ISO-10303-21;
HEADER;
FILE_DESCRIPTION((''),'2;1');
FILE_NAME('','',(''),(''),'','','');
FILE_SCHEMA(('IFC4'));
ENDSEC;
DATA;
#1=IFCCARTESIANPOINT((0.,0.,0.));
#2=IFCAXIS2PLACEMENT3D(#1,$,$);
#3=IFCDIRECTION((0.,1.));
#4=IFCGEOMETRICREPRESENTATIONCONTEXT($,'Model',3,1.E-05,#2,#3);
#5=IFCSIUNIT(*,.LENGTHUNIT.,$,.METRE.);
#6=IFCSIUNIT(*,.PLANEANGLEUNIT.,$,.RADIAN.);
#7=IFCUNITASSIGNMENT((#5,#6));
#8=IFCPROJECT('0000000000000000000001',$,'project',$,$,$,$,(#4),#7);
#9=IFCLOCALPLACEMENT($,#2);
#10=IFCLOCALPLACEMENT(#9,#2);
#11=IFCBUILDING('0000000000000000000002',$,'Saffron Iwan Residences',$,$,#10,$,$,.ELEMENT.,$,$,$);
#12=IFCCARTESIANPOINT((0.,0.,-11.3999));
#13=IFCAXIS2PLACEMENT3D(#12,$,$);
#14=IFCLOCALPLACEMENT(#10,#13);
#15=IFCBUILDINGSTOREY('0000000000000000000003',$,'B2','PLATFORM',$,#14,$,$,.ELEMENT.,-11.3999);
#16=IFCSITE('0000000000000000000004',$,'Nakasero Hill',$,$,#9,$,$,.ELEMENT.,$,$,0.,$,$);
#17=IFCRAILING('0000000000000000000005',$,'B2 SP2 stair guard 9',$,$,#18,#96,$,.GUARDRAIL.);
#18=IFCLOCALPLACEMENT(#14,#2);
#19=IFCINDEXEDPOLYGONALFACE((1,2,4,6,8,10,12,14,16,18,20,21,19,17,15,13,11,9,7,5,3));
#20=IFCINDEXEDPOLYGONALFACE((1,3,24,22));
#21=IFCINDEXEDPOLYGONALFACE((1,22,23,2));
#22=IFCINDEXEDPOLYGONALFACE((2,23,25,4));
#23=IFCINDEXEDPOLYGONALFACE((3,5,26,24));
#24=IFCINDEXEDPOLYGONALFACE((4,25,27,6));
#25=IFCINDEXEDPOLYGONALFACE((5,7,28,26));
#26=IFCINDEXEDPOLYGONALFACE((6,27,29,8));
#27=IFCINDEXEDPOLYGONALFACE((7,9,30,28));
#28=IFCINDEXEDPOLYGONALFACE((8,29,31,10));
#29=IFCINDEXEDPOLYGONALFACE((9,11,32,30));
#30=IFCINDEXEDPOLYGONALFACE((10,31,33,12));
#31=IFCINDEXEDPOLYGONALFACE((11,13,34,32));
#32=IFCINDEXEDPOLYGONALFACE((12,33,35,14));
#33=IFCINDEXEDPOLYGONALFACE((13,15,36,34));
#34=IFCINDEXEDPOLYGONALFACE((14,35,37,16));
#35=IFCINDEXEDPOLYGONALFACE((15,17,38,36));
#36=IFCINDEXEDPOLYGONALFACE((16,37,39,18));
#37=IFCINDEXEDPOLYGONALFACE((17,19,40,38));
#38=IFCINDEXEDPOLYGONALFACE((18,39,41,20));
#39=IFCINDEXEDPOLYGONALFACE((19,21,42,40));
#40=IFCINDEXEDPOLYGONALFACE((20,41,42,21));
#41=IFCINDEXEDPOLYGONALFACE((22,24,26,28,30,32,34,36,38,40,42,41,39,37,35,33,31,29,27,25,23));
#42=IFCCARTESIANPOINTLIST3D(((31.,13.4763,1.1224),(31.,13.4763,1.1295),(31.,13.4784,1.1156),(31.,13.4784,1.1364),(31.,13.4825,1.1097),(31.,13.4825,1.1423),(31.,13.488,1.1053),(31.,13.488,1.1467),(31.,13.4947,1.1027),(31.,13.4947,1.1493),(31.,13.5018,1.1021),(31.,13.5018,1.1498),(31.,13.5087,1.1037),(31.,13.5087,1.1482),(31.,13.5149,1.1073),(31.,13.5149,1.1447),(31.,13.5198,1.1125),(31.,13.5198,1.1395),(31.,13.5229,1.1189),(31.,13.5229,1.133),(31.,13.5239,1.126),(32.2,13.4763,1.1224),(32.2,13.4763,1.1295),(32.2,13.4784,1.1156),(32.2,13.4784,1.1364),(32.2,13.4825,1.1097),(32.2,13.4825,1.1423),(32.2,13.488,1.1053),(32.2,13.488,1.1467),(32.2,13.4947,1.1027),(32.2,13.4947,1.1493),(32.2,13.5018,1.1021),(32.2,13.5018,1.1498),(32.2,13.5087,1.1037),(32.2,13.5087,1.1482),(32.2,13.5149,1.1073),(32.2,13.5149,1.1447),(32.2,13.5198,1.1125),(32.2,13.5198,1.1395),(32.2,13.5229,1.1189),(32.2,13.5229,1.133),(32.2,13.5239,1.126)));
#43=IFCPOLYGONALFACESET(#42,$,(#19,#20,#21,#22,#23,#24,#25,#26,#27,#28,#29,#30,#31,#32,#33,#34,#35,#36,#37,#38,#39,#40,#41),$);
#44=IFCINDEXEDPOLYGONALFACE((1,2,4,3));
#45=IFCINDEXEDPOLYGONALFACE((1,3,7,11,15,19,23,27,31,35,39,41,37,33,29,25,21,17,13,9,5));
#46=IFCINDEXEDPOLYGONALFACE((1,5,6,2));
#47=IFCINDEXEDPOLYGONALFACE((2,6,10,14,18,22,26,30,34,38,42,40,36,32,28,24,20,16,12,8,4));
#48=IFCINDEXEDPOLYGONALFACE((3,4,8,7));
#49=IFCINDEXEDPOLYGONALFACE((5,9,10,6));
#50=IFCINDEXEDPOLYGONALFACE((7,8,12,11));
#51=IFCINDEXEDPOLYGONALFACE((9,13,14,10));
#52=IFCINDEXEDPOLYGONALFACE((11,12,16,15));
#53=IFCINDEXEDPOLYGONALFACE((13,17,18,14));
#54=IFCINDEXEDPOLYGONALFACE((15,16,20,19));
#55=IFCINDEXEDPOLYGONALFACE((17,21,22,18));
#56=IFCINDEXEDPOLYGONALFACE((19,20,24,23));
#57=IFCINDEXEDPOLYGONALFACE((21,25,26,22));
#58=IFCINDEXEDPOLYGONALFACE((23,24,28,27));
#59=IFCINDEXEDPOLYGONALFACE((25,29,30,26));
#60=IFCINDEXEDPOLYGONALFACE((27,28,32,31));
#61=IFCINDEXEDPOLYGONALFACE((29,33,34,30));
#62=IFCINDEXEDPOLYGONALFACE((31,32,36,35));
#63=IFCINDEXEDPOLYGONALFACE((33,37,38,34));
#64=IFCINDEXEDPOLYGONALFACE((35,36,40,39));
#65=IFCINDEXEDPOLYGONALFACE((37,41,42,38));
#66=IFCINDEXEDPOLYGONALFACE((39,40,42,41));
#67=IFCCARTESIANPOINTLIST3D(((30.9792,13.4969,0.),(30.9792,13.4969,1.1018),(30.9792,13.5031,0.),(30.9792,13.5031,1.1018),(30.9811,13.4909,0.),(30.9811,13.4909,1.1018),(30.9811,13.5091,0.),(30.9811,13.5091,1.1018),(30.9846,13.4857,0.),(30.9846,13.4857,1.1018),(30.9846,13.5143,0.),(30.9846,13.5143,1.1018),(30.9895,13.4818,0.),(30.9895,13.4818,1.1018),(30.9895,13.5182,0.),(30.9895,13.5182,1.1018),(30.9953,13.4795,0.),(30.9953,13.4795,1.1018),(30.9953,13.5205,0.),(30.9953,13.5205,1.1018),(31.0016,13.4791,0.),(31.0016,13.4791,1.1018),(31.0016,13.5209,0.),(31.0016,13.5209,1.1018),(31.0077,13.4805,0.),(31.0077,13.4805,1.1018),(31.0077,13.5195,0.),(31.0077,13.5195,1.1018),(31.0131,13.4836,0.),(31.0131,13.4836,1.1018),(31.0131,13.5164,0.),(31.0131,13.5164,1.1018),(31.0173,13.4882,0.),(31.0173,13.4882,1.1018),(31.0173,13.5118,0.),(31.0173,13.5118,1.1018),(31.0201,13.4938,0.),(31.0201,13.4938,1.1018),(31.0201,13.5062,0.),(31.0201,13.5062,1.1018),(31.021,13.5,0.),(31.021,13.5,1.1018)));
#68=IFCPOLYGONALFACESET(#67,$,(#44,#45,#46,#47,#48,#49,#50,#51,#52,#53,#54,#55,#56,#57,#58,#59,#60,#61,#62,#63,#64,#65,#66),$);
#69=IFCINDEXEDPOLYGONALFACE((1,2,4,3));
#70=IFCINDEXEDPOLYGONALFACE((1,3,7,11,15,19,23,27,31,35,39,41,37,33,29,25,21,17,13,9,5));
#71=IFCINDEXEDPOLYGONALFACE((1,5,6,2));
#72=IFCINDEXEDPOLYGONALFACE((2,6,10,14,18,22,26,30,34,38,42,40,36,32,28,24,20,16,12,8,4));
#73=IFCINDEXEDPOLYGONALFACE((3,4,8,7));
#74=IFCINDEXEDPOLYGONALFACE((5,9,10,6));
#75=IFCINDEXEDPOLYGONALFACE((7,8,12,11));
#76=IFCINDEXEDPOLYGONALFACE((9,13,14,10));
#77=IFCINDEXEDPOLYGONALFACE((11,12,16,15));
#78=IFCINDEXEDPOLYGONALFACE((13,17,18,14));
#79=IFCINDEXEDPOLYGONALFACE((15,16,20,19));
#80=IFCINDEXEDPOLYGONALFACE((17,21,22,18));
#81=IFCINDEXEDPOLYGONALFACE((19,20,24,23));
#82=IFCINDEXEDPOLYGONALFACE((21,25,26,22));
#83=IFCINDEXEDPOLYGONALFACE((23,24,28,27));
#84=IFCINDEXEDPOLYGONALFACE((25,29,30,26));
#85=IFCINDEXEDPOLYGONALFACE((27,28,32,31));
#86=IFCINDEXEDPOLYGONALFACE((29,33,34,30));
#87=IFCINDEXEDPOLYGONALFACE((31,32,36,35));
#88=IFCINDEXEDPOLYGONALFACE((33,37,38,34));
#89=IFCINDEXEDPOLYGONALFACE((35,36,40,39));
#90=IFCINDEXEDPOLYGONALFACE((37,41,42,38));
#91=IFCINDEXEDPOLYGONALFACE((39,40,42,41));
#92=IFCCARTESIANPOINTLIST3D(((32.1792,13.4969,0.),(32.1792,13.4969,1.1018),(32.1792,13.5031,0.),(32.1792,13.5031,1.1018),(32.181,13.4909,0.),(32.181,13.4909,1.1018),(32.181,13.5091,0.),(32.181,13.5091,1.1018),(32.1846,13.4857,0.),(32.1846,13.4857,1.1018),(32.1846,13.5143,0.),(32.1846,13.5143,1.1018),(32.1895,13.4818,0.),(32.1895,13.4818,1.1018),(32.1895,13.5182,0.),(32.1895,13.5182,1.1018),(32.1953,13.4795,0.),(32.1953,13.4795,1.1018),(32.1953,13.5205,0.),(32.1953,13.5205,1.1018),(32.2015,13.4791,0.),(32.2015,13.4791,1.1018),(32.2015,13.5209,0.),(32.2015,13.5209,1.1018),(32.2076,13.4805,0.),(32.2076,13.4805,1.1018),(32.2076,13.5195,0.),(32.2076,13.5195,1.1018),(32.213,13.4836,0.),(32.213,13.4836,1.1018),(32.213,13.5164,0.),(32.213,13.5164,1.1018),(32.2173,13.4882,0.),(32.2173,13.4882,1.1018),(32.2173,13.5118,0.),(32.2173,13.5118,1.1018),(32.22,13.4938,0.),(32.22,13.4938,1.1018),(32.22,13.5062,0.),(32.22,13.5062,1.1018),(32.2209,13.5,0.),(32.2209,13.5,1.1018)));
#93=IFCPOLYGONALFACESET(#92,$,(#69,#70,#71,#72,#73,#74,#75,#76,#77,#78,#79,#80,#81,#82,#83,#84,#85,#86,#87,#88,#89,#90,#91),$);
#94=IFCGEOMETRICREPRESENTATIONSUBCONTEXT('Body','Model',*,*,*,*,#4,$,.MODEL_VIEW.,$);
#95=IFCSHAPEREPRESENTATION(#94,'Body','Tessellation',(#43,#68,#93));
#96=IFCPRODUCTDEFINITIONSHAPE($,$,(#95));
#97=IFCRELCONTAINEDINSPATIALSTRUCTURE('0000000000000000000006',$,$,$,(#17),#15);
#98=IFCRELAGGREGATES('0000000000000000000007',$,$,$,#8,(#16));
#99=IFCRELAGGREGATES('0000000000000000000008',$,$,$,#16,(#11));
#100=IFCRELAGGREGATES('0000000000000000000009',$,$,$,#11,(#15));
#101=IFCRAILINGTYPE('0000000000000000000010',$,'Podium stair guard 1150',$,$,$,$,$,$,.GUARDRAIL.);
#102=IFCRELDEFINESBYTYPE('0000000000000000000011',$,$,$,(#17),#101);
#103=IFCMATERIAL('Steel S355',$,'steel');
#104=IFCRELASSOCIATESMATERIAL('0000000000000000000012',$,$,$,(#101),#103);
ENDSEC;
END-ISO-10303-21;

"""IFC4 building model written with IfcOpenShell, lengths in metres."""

from ifc_helpers import new_model, si_unit, direction, frame, origin, origin_2d, place, context, subcontext, project, spatial, circle, extrude, material, type_object, element, save


model = new_model("IFC4")

# Units and contexts
model_context = context("Model", 3, precision=1e-05, world=origin(), true_north=direction((0.0, 1.0)))
body_context = subcontext(model_context, "Body", "Model", "MODEL_VIEW")
ifc_project = project(units=[si_unit("LENGTHUNIT", "METRE"), si_unit("PLANEANGLEUNIT", "RADIAN")], contexts=[model_context])

# Site, building, storey
site_placement = place(None, origin())
site = spatial("IfcSite", under=ifc_project, at=site_placement, Name="Nakasero Hill", CompositionType="ELEMENT", RefElevation=0.0)
building_placement = place(site_placement, origin())
building = spatial("IfcBuilding", under=site, at=building_placement, Name="Saffron Iwan Residences", CompositionType="ELEMENT")
storey_placement = place(building_placement, frame((0.0, 0.0, -11.3999)))
storey = spatial("IfcBuildingStorey", under=building, at=storey_placement, Name="B2", Description="PLATFORM", CompositionType="ELEMENT", Elevation=-11.3999)

# Railing
ifc_material_1 = material(Name="Steel S355", Category="steel")
railing_type_1 = type_object("IfcRailingType", Name="Podium stair guard 1150", PredefinedType="GUARDRAIL", material=ifc_material_1)
railing_1_placement = place(storey_placement, frame((31.0, 13.5, 0.0)))
element("IfcRailing", 1, at=railing_1_placement, inside=storey, type_object=railing_type_1, Name="B2 SP2 stair guard 9", PredefinedType="GUARDRAIL", context=body_context, shape_type="SweptSolid", body=[
    extrude(circle(Radius=0.0239, at=origin_2d()), frame((0.0, 0.0, 1.126), z_axis=(1.0, 0.0, 0.0), x_axis=(0.0, 1.0, 0.0)), (0.0, 0.0, 1.0), 1.2),
    extrude(circle(Radius=0.021, at=origin_2d()), origin(), (0.0, 0.0, 1.0), 1.1018),
    extrude(circle(Radius=0.021, at=origin_2d()), frame((1.2, 0.0, 0.0)), (0.0, 0.0, 1.0), 1.1018),
])

save(model, "model.ifc")
